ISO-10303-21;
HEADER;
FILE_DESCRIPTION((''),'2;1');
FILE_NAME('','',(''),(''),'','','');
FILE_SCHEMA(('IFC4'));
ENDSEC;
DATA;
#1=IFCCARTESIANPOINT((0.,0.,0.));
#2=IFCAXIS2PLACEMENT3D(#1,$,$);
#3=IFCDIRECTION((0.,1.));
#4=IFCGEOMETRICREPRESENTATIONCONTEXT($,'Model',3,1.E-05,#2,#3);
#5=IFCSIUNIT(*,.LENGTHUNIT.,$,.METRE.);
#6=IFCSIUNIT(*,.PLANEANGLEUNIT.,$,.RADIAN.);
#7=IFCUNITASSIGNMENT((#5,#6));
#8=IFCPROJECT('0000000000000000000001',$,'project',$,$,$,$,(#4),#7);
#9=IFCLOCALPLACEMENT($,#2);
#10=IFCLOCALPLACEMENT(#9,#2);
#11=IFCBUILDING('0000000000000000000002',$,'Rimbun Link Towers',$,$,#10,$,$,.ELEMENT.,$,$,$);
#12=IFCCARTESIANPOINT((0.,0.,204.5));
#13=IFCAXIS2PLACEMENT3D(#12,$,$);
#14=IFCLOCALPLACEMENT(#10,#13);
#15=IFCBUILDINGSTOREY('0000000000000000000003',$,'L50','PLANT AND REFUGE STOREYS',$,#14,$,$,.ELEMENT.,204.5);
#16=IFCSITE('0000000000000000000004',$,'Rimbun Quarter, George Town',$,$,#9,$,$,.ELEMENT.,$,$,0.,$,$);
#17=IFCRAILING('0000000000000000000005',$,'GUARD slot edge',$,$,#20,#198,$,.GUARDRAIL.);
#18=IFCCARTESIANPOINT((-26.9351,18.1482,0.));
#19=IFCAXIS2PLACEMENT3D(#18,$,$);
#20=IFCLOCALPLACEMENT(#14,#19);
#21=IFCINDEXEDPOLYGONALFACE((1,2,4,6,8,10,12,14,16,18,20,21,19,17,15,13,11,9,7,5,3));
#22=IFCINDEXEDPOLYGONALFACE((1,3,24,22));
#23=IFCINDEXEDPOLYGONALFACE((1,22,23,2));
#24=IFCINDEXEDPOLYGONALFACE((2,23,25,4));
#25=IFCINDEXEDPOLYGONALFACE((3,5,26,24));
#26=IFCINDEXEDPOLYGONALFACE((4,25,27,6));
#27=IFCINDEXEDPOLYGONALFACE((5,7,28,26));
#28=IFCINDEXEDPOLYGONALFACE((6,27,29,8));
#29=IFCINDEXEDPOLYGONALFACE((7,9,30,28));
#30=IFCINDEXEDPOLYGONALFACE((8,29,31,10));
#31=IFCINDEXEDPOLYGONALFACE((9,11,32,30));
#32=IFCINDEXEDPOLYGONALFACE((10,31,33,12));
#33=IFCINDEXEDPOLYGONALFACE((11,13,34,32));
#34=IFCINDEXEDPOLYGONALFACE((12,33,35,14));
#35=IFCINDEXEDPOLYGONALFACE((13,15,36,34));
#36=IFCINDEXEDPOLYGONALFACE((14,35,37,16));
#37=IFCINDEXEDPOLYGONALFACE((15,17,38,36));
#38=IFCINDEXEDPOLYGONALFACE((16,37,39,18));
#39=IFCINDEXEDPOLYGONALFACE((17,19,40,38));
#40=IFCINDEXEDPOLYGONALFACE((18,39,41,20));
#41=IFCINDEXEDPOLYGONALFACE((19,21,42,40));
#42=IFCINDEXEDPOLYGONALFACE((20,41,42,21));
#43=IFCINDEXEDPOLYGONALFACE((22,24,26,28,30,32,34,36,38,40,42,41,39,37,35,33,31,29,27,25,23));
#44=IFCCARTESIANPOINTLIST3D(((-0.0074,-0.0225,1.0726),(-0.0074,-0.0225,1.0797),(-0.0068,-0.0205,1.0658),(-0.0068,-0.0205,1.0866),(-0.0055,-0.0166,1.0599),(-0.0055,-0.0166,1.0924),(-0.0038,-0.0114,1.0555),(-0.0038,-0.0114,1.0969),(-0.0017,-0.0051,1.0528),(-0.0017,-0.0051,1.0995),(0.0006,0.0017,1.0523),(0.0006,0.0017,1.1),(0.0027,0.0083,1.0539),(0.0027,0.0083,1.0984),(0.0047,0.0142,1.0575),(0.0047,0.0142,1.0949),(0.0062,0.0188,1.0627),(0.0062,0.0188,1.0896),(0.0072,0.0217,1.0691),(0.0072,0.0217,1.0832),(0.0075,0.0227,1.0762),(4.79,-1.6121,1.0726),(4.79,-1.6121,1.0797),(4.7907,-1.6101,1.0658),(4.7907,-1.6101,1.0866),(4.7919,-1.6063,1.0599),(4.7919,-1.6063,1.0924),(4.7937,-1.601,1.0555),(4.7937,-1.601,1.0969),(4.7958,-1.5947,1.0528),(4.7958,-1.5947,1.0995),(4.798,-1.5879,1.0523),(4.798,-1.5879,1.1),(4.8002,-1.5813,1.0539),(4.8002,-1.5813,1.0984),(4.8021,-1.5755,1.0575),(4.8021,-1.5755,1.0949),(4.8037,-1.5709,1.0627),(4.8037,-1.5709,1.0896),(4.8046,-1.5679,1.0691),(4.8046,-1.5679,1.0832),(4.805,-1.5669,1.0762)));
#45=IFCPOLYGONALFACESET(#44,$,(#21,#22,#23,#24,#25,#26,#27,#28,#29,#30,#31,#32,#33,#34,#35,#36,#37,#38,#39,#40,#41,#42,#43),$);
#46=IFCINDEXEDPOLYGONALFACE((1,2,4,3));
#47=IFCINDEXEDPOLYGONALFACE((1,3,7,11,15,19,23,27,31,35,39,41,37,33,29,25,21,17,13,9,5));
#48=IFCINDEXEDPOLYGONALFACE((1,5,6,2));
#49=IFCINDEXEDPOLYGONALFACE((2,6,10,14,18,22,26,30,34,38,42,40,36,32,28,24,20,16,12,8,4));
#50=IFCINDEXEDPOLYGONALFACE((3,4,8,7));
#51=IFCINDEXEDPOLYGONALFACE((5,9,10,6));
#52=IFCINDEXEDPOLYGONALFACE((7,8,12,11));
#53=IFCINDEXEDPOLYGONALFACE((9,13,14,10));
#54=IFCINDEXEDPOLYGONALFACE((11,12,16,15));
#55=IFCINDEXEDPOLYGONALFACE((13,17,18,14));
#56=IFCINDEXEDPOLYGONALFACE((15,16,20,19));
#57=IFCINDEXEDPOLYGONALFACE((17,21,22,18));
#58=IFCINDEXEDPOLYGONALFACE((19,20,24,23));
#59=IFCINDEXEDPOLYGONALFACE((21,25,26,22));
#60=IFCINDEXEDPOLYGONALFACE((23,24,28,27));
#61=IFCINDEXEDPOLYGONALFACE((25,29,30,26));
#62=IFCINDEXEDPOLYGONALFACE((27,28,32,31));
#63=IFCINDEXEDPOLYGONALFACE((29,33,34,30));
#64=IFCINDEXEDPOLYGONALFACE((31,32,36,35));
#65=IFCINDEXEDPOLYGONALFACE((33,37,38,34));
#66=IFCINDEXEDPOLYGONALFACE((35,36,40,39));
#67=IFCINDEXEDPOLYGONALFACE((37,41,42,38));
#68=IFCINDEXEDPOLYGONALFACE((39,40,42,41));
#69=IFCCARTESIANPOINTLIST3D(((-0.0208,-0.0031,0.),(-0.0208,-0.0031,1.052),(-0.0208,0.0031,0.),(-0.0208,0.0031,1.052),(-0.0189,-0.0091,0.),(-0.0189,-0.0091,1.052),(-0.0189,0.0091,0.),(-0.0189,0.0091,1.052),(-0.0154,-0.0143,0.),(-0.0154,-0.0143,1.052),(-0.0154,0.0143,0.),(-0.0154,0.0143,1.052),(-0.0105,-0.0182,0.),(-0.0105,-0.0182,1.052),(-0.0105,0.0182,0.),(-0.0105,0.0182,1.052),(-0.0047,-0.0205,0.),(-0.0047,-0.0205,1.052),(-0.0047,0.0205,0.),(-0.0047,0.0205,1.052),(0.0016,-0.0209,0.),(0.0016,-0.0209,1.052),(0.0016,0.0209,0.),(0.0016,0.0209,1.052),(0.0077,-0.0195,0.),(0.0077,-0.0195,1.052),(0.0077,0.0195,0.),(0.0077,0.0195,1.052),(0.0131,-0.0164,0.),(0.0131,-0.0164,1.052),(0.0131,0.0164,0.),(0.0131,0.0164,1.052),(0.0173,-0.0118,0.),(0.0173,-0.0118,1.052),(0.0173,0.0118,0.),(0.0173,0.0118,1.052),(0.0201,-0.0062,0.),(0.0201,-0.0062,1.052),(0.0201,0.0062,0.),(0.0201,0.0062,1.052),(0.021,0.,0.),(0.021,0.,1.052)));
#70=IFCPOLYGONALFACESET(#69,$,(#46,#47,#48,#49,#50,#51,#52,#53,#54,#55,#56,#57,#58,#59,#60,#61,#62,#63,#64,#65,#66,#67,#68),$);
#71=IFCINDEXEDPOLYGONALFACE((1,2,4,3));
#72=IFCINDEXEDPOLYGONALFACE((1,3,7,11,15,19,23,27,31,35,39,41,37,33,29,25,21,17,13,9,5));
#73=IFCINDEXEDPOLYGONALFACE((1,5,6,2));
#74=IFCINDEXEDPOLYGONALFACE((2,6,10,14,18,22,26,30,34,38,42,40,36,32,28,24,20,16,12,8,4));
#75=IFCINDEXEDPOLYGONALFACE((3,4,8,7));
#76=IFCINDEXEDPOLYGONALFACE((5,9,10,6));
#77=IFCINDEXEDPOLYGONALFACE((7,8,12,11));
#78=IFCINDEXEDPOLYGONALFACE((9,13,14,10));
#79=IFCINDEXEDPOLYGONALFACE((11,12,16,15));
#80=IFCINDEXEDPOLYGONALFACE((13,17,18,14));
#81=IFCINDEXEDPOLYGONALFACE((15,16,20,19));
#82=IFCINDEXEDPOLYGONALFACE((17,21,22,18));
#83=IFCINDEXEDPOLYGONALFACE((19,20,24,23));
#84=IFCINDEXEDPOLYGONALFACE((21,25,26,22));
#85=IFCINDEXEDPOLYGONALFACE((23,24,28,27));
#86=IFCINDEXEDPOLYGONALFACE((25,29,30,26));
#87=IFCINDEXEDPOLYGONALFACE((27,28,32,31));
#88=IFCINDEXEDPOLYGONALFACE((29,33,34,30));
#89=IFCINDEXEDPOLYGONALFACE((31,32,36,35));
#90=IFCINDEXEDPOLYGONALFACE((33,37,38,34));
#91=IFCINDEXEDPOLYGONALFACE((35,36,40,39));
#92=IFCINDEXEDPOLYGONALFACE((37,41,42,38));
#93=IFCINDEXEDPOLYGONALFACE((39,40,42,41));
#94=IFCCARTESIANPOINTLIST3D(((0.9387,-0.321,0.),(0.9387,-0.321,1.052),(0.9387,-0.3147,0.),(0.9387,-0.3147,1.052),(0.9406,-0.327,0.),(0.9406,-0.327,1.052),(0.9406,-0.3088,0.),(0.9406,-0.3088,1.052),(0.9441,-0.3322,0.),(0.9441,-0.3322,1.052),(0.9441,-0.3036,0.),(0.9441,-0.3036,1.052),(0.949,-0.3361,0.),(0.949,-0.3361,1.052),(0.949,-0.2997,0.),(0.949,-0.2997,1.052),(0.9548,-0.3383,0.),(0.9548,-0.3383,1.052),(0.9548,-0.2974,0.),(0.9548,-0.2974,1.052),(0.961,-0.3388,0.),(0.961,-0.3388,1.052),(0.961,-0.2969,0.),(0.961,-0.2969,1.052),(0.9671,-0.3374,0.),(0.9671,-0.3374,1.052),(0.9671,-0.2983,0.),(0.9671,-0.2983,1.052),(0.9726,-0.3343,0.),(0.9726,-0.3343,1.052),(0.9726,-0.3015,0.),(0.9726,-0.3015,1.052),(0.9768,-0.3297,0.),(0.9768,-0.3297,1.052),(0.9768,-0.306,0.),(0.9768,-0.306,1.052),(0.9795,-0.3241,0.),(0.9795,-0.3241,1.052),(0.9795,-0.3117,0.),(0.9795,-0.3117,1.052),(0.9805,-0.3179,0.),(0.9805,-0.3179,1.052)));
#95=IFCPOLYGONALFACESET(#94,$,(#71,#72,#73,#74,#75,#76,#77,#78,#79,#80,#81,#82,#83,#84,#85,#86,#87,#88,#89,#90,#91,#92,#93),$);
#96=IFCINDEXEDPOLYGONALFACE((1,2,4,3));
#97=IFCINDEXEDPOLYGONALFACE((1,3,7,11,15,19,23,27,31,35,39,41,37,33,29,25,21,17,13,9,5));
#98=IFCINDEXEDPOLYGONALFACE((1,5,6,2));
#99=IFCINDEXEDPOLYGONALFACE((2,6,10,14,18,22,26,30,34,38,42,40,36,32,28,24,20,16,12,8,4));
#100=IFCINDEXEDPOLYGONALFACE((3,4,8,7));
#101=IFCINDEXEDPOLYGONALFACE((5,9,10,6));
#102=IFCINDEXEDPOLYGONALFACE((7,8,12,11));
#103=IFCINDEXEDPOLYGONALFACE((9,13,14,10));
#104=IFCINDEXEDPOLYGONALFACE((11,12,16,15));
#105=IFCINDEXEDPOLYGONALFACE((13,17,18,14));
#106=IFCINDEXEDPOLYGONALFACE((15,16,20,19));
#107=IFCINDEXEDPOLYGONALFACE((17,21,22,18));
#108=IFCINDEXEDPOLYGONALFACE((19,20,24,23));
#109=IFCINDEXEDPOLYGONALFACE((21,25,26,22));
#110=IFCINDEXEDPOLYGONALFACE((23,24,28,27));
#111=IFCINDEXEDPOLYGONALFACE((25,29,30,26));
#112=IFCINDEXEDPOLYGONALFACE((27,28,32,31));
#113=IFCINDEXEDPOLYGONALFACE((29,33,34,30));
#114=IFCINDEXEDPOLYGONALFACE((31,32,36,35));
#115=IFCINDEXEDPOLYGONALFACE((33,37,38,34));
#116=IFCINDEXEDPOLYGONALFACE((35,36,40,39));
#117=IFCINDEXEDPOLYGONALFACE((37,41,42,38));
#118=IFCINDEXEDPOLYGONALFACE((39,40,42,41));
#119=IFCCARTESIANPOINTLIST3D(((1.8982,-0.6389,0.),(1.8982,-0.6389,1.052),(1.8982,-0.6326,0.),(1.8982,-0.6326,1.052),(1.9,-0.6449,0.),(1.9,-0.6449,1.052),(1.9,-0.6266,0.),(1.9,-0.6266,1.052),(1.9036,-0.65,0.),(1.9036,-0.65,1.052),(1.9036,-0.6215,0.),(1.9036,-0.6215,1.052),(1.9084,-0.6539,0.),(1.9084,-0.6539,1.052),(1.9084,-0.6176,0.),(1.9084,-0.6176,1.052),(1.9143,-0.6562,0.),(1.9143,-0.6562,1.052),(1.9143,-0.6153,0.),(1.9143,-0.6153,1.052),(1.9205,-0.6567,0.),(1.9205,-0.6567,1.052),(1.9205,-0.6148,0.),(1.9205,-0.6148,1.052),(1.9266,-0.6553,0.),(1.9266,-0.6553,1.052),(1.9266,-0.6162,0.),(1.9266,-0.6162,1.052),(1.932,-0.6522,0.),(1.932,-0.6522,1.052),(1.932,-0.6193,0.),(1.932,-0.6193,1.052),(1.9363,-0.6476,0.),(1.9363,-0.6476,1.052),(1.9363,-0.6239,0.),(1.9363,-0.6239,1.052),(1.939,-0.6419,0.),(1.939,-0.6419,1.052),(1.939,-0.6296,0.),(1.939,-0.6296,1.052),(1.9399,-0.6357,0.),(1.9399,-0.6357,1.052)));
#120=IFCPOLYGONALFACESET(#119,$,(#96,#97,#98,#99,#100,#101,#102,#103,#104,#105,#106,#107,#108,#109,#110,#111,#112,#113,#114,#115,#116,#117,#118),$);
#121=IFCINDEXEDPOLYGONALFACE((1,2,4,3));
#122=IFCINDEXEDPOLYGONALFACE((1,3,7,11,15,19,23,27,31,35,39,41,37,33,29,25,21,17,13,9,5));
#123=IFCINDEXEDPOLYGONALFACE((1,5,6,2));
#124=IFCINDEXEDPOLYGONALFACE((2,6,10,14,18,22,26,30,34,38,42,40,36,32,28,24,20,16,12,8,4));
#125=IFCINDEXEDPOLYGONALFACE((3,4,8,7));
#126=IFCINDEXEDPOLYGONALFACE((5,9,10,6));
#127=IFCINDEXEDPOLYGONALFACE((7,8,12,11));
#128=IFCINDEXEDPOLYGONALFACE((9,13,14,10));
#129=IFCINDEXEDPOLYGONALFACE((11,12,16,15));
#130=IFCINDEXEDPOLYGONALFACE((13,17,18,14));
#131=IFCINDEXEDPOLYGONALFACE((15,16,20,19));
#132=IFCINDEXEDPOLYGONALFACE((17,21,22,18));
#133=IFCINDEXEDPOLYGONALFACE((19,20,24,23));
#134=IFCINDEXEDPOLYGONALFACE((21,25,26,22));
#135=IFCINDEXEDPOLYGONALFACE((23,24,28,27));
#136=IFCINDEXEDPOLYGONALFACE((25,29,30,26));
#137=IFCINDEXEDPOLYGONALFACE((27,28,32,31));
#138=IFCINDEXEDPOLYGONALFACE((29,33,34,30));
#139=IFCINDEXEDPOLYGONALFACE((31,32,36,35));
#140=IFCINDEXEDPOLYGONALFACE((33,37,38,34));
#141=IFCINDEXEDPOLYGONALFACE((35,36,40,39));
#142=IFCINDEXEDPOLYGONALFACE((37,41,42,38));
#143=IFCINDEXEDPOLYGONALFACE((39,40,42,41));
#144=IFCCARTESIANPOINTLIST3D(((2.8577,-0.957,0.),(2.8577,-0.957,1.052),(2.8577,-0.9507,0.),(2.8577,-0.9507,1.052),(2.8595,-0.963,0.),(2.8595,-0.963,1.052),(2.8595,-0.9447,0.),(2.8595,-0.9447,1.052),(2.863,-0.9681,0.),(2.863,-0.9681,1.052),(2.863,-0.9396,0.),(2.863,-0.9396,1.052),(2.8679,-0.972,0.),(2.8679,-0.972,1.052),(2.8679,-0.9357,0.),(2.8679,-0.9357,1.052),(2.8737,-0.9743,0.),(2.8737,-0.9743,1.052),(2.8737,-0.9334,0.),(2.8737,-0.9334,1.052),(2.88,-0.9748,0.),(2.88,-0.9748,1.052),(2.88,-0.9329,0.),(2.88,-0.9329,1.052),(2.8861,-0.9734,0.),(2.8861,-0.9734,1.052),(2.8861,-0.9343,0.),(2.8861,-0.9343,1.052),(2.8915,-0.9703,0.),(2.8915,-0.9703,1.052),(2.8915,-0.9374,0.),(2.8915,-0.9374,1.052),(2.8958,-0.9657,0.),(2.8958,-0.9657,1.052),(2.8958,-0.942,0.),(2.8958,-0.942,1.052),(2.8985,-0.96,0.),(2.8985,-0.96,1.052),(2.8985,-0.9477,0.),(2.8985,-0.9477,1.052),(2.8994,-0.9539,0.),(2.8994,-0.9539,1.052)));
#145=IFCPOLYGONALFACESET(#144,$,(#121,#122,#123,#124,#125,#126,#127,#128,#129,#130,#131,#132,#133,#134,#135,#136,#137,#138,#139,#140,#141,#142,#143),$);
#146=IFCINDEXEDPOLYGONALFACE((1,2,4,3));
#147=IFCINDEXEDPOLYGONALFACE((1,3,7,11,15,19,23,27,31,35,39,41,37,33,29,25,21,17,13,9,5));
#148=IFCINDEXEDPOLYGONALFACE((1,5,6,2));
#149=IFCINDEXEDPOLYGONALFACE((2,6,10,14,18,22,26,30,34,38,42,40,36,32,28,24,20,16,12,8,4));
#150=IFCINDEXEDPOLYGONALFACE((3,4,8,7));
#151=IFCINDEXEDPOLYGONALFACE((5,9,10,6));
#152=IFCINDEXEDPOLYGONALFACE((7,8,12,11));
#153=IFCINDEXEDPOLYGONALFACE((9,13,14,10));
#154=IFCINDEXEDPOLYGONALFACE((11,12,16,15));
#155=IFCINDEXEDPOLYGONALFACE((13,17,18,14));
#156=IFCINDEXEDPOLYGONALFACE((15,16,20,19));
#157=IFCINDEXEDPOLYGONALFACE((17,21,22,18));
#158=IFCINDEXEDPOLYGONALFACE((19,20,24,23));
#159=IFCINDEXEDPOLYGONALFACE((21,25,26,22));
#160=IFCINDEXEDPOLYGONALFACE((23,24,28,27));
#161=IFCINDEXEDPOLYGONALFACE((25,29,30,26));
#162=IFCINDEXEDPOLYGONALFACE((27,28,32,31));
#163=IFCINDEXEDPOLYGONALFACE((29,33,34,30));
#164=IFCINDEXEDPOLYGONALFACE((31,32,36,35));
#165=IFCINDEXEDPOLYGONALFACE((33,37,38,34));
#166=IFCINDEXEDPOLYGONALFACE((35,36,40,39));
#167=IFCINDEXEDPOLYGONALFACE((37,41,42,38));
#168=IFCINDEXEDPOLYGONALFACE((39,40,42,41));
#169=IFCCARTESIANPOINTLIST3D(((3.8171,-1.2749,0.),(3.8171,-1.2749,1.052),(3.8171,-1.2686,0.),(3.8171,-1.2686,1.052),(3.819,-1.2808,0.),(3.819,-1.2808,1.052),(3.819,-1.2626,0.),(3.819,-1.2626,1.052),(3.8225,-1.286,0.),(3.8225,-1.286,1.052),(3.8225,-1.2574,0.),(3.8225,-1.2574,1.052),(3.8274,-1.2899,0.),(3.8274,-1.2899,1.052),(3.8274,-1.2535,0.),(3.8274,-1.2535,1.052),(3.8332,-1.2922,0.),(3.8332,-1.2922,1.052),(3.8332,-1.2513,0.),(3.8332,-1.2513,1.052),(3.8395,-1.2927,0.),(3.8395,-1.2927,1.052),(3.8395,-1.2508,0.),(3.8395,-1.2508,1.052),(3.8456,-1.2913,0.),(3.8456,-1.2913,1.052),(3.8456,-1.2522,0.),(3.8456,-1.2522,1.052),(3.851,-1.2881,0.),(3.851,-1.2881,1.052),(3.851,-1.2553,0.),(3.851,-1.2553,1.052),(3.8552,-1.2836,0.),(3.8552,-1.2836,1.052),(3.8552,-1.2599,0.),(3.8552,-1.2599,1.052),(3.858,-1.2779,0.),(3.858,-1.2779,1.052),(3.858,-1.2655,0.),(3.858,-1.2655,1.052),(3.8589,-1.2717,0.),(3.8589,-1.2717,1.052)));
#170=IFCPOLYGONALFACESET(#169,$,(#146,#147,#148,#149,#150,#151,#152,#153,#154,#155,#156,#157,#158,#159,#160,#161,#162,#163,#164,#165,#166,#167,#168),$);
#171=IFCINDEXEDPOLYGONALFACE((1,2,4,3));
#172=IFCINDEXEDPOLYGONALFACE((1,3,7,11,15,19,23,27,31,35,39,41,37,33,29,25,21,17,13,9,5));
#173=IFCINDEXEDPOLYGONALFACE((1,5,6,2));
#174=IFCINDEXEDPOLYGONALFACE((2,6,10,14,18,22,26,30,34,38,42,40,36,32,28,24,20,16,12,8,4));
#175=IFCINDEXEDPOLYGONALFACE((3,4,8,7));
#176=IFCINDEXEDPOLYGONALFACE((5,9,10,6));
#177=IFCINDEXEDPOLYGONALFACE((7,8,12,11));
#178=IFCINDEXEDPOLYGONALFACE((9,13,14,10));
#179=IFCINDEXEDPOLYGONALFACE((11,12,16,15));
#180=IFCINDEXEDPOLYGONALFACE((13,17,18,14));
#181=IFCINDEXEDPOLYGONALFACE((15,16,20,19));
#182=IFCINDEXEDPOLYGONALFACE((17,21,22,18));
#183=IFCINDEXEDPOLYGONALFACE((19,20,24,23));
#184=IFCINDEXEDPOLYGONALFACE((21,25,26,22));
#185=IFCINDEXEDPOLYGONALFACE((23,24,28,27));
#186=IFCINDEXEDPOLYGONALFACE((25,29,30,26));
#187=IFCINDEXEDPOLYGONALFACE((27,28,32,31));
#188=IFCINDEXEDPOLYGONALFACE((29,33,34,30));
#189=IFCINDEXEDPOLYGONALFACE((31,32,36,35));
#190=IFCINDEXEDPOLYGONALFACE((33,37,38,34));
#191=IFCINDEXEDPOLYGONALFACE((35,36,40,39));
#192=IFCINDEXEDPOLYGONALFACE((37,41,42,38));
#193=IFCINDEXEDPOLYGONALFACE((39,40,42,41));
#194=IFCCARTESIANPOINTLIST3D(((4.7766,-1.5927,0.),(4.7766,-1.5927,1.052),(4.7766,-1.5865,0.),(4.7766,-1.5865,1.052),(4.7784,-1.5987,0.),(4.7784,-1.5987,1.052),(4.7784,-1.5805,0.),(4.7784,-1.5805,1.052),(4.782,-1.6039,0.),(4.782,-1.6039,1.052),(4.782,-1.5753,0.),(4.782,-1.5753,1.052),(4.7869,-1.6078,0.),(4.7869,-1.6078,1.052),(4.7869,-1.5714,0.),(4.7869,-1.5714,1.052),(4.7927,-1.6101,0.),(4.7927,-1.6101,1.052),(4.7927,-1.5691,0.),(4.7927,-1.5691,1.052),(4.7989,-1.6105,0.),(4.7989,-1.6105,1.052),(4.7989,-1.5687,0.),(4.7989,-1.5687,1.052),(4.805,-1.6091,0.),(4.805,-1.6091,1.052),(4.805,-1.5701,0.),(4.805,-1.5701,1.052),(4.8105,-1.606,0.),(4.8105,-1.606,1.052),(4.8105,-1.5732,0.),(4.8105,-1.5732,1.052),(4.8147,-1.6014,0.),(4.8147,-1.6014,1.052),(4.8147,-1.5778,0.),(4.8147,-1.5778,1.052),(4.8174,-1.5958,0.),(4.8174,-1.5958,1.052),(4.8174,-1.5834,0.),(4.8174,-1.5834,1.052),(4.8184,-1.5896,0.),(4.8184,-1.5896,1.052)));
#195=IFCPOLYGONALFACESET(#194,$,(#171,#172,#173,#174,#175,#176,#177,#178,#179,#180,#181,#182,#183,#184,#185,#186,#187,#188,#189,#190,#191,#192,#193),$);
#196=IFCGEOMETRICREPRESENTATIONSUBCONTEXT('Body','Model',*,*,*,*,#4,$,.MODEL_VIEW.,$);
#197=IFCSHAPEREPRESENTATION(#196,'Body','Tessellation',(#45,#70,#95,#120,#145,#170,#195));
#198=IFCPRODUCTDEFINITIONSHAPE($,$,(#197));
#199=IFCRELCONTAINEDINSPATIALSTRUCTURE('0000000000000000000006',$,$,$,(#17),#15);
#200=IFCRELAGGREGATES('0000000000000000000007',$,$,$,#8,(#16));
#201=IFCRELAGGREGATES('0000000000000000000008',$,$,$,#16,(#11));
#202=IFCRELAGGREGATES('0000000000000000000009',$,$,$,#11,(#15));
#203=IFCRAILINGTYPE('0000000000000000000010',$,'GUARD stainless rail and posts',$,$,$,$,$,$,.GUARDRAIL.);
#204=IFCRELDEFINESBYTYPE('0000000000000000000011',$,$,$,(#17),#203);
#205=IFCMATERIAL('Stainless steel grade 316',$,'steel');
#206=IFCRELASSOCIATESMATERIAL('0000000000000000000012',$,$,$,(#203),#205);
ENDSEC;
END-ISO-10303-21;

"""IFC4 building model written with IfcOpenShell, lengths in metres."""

from ifc_helpers import new_model, si_unit, direction, frame, origin, origin_2d, place, context, subcontext, project, spatial, circle, extrude, material, type_object, element, save


model = new_model("IFC4")

# Units and contexts
model_context = context("Model", 3, precision=1e-05, world=origin(), true_north=direction((0.0, 1.0)))
body_context = subcontext(model_context, "Body", "Model", "MODEL_VIEW")
ifc_project = project(units=[si_unit("LENGTHUNIT", "METRE"), si_unit("PLANEANGLEUNIT", "RADIAN")], contexts=[model_context])

# Site, building, storey
site_placement = place(None, origin())
site = spatial("IfcSite", under=ifc_project, at=site_placement, Name="Rimbun Quarter, George Town", CompositionType="ELEMENT", RefElevation=0.0)
building_placement = place(site_placement, origin())
building = spatial("IfcBuilding", under=site, at=building_placement, Name="Rimbun Link Towers", CompositionType="ELEMENT")
storey_placement = place(building_placement, frame((0.0, 0.0, 204.5)))
storey = spatial("IfcBuildingStorey", under=building, at=storey_placement, Name="L50", Description="PLANT AND REFUGE STOREYS", CompositionType="ELEMENT", Elevation=204.5)

# Railing
ifc_material_1 = material(Name="Stainless steel grade 316", Category="steel")
railing_type = type_object("IfcRailingType", Name="GUARD stainless rail and posts", PredefinedType="GUARDRAIL", material=ifc_material_1)
railing_1_placement = place(storey_placement, frame((-26.9351, 18.1482, 0.0)))
element("IfcRailing", 1, at=railing_1_placement, inside=storey, type_object=railing_type, Name="GUARD slot edge", PredefinedType="GUARDRAIL", context=body_context, shape_type="SweptSolid", body=[
    extrude(circle(Radius=0.0239, at=origin_2d()), frame((0.0, 0.0, 1.0762), z_axis=(0.949247, -0.314532, 0.0), x_axis=(0.314532, 0.949247, 0.0)), (0.0, 0.0, 1.0), 5.054),
    extrude(circle(Radius=0.021, at=origin_2d()), origin(), (0.0, 0.0, 1.0), 1.052),
    extrude(circle(Radius=0.021, at=origin_2d()), frame((0.9595, -0.3179, 0.0)), (0.0, 0.0, 1.0), 1.052),
    extrude(circle(Radius=0.021, at=origin_2d()), frame((1.9189, -0.6357, 0.0)), (0.0, 0.0, 1.0), 1.052),
    extrude(circle(Radius=0.021, at=origin_2d()), frame((2.8784, -0.9539, 0.0)), (0.0, 0.0, 1.0), 1.052),
    extrude(circle(Radius=0.021, at=origin_2d()), frame((3.8379, -1.2717, 0.0)), (0.0, 0.0, 1.0), 1.052),
    extrude(circle(Radius=0.021, at=origin_2d()), frame((4.7974, -1.5896, 0.0)), (0.0, 0.0, 1.0), 1.052),
])

save(model, "model.ifc")
